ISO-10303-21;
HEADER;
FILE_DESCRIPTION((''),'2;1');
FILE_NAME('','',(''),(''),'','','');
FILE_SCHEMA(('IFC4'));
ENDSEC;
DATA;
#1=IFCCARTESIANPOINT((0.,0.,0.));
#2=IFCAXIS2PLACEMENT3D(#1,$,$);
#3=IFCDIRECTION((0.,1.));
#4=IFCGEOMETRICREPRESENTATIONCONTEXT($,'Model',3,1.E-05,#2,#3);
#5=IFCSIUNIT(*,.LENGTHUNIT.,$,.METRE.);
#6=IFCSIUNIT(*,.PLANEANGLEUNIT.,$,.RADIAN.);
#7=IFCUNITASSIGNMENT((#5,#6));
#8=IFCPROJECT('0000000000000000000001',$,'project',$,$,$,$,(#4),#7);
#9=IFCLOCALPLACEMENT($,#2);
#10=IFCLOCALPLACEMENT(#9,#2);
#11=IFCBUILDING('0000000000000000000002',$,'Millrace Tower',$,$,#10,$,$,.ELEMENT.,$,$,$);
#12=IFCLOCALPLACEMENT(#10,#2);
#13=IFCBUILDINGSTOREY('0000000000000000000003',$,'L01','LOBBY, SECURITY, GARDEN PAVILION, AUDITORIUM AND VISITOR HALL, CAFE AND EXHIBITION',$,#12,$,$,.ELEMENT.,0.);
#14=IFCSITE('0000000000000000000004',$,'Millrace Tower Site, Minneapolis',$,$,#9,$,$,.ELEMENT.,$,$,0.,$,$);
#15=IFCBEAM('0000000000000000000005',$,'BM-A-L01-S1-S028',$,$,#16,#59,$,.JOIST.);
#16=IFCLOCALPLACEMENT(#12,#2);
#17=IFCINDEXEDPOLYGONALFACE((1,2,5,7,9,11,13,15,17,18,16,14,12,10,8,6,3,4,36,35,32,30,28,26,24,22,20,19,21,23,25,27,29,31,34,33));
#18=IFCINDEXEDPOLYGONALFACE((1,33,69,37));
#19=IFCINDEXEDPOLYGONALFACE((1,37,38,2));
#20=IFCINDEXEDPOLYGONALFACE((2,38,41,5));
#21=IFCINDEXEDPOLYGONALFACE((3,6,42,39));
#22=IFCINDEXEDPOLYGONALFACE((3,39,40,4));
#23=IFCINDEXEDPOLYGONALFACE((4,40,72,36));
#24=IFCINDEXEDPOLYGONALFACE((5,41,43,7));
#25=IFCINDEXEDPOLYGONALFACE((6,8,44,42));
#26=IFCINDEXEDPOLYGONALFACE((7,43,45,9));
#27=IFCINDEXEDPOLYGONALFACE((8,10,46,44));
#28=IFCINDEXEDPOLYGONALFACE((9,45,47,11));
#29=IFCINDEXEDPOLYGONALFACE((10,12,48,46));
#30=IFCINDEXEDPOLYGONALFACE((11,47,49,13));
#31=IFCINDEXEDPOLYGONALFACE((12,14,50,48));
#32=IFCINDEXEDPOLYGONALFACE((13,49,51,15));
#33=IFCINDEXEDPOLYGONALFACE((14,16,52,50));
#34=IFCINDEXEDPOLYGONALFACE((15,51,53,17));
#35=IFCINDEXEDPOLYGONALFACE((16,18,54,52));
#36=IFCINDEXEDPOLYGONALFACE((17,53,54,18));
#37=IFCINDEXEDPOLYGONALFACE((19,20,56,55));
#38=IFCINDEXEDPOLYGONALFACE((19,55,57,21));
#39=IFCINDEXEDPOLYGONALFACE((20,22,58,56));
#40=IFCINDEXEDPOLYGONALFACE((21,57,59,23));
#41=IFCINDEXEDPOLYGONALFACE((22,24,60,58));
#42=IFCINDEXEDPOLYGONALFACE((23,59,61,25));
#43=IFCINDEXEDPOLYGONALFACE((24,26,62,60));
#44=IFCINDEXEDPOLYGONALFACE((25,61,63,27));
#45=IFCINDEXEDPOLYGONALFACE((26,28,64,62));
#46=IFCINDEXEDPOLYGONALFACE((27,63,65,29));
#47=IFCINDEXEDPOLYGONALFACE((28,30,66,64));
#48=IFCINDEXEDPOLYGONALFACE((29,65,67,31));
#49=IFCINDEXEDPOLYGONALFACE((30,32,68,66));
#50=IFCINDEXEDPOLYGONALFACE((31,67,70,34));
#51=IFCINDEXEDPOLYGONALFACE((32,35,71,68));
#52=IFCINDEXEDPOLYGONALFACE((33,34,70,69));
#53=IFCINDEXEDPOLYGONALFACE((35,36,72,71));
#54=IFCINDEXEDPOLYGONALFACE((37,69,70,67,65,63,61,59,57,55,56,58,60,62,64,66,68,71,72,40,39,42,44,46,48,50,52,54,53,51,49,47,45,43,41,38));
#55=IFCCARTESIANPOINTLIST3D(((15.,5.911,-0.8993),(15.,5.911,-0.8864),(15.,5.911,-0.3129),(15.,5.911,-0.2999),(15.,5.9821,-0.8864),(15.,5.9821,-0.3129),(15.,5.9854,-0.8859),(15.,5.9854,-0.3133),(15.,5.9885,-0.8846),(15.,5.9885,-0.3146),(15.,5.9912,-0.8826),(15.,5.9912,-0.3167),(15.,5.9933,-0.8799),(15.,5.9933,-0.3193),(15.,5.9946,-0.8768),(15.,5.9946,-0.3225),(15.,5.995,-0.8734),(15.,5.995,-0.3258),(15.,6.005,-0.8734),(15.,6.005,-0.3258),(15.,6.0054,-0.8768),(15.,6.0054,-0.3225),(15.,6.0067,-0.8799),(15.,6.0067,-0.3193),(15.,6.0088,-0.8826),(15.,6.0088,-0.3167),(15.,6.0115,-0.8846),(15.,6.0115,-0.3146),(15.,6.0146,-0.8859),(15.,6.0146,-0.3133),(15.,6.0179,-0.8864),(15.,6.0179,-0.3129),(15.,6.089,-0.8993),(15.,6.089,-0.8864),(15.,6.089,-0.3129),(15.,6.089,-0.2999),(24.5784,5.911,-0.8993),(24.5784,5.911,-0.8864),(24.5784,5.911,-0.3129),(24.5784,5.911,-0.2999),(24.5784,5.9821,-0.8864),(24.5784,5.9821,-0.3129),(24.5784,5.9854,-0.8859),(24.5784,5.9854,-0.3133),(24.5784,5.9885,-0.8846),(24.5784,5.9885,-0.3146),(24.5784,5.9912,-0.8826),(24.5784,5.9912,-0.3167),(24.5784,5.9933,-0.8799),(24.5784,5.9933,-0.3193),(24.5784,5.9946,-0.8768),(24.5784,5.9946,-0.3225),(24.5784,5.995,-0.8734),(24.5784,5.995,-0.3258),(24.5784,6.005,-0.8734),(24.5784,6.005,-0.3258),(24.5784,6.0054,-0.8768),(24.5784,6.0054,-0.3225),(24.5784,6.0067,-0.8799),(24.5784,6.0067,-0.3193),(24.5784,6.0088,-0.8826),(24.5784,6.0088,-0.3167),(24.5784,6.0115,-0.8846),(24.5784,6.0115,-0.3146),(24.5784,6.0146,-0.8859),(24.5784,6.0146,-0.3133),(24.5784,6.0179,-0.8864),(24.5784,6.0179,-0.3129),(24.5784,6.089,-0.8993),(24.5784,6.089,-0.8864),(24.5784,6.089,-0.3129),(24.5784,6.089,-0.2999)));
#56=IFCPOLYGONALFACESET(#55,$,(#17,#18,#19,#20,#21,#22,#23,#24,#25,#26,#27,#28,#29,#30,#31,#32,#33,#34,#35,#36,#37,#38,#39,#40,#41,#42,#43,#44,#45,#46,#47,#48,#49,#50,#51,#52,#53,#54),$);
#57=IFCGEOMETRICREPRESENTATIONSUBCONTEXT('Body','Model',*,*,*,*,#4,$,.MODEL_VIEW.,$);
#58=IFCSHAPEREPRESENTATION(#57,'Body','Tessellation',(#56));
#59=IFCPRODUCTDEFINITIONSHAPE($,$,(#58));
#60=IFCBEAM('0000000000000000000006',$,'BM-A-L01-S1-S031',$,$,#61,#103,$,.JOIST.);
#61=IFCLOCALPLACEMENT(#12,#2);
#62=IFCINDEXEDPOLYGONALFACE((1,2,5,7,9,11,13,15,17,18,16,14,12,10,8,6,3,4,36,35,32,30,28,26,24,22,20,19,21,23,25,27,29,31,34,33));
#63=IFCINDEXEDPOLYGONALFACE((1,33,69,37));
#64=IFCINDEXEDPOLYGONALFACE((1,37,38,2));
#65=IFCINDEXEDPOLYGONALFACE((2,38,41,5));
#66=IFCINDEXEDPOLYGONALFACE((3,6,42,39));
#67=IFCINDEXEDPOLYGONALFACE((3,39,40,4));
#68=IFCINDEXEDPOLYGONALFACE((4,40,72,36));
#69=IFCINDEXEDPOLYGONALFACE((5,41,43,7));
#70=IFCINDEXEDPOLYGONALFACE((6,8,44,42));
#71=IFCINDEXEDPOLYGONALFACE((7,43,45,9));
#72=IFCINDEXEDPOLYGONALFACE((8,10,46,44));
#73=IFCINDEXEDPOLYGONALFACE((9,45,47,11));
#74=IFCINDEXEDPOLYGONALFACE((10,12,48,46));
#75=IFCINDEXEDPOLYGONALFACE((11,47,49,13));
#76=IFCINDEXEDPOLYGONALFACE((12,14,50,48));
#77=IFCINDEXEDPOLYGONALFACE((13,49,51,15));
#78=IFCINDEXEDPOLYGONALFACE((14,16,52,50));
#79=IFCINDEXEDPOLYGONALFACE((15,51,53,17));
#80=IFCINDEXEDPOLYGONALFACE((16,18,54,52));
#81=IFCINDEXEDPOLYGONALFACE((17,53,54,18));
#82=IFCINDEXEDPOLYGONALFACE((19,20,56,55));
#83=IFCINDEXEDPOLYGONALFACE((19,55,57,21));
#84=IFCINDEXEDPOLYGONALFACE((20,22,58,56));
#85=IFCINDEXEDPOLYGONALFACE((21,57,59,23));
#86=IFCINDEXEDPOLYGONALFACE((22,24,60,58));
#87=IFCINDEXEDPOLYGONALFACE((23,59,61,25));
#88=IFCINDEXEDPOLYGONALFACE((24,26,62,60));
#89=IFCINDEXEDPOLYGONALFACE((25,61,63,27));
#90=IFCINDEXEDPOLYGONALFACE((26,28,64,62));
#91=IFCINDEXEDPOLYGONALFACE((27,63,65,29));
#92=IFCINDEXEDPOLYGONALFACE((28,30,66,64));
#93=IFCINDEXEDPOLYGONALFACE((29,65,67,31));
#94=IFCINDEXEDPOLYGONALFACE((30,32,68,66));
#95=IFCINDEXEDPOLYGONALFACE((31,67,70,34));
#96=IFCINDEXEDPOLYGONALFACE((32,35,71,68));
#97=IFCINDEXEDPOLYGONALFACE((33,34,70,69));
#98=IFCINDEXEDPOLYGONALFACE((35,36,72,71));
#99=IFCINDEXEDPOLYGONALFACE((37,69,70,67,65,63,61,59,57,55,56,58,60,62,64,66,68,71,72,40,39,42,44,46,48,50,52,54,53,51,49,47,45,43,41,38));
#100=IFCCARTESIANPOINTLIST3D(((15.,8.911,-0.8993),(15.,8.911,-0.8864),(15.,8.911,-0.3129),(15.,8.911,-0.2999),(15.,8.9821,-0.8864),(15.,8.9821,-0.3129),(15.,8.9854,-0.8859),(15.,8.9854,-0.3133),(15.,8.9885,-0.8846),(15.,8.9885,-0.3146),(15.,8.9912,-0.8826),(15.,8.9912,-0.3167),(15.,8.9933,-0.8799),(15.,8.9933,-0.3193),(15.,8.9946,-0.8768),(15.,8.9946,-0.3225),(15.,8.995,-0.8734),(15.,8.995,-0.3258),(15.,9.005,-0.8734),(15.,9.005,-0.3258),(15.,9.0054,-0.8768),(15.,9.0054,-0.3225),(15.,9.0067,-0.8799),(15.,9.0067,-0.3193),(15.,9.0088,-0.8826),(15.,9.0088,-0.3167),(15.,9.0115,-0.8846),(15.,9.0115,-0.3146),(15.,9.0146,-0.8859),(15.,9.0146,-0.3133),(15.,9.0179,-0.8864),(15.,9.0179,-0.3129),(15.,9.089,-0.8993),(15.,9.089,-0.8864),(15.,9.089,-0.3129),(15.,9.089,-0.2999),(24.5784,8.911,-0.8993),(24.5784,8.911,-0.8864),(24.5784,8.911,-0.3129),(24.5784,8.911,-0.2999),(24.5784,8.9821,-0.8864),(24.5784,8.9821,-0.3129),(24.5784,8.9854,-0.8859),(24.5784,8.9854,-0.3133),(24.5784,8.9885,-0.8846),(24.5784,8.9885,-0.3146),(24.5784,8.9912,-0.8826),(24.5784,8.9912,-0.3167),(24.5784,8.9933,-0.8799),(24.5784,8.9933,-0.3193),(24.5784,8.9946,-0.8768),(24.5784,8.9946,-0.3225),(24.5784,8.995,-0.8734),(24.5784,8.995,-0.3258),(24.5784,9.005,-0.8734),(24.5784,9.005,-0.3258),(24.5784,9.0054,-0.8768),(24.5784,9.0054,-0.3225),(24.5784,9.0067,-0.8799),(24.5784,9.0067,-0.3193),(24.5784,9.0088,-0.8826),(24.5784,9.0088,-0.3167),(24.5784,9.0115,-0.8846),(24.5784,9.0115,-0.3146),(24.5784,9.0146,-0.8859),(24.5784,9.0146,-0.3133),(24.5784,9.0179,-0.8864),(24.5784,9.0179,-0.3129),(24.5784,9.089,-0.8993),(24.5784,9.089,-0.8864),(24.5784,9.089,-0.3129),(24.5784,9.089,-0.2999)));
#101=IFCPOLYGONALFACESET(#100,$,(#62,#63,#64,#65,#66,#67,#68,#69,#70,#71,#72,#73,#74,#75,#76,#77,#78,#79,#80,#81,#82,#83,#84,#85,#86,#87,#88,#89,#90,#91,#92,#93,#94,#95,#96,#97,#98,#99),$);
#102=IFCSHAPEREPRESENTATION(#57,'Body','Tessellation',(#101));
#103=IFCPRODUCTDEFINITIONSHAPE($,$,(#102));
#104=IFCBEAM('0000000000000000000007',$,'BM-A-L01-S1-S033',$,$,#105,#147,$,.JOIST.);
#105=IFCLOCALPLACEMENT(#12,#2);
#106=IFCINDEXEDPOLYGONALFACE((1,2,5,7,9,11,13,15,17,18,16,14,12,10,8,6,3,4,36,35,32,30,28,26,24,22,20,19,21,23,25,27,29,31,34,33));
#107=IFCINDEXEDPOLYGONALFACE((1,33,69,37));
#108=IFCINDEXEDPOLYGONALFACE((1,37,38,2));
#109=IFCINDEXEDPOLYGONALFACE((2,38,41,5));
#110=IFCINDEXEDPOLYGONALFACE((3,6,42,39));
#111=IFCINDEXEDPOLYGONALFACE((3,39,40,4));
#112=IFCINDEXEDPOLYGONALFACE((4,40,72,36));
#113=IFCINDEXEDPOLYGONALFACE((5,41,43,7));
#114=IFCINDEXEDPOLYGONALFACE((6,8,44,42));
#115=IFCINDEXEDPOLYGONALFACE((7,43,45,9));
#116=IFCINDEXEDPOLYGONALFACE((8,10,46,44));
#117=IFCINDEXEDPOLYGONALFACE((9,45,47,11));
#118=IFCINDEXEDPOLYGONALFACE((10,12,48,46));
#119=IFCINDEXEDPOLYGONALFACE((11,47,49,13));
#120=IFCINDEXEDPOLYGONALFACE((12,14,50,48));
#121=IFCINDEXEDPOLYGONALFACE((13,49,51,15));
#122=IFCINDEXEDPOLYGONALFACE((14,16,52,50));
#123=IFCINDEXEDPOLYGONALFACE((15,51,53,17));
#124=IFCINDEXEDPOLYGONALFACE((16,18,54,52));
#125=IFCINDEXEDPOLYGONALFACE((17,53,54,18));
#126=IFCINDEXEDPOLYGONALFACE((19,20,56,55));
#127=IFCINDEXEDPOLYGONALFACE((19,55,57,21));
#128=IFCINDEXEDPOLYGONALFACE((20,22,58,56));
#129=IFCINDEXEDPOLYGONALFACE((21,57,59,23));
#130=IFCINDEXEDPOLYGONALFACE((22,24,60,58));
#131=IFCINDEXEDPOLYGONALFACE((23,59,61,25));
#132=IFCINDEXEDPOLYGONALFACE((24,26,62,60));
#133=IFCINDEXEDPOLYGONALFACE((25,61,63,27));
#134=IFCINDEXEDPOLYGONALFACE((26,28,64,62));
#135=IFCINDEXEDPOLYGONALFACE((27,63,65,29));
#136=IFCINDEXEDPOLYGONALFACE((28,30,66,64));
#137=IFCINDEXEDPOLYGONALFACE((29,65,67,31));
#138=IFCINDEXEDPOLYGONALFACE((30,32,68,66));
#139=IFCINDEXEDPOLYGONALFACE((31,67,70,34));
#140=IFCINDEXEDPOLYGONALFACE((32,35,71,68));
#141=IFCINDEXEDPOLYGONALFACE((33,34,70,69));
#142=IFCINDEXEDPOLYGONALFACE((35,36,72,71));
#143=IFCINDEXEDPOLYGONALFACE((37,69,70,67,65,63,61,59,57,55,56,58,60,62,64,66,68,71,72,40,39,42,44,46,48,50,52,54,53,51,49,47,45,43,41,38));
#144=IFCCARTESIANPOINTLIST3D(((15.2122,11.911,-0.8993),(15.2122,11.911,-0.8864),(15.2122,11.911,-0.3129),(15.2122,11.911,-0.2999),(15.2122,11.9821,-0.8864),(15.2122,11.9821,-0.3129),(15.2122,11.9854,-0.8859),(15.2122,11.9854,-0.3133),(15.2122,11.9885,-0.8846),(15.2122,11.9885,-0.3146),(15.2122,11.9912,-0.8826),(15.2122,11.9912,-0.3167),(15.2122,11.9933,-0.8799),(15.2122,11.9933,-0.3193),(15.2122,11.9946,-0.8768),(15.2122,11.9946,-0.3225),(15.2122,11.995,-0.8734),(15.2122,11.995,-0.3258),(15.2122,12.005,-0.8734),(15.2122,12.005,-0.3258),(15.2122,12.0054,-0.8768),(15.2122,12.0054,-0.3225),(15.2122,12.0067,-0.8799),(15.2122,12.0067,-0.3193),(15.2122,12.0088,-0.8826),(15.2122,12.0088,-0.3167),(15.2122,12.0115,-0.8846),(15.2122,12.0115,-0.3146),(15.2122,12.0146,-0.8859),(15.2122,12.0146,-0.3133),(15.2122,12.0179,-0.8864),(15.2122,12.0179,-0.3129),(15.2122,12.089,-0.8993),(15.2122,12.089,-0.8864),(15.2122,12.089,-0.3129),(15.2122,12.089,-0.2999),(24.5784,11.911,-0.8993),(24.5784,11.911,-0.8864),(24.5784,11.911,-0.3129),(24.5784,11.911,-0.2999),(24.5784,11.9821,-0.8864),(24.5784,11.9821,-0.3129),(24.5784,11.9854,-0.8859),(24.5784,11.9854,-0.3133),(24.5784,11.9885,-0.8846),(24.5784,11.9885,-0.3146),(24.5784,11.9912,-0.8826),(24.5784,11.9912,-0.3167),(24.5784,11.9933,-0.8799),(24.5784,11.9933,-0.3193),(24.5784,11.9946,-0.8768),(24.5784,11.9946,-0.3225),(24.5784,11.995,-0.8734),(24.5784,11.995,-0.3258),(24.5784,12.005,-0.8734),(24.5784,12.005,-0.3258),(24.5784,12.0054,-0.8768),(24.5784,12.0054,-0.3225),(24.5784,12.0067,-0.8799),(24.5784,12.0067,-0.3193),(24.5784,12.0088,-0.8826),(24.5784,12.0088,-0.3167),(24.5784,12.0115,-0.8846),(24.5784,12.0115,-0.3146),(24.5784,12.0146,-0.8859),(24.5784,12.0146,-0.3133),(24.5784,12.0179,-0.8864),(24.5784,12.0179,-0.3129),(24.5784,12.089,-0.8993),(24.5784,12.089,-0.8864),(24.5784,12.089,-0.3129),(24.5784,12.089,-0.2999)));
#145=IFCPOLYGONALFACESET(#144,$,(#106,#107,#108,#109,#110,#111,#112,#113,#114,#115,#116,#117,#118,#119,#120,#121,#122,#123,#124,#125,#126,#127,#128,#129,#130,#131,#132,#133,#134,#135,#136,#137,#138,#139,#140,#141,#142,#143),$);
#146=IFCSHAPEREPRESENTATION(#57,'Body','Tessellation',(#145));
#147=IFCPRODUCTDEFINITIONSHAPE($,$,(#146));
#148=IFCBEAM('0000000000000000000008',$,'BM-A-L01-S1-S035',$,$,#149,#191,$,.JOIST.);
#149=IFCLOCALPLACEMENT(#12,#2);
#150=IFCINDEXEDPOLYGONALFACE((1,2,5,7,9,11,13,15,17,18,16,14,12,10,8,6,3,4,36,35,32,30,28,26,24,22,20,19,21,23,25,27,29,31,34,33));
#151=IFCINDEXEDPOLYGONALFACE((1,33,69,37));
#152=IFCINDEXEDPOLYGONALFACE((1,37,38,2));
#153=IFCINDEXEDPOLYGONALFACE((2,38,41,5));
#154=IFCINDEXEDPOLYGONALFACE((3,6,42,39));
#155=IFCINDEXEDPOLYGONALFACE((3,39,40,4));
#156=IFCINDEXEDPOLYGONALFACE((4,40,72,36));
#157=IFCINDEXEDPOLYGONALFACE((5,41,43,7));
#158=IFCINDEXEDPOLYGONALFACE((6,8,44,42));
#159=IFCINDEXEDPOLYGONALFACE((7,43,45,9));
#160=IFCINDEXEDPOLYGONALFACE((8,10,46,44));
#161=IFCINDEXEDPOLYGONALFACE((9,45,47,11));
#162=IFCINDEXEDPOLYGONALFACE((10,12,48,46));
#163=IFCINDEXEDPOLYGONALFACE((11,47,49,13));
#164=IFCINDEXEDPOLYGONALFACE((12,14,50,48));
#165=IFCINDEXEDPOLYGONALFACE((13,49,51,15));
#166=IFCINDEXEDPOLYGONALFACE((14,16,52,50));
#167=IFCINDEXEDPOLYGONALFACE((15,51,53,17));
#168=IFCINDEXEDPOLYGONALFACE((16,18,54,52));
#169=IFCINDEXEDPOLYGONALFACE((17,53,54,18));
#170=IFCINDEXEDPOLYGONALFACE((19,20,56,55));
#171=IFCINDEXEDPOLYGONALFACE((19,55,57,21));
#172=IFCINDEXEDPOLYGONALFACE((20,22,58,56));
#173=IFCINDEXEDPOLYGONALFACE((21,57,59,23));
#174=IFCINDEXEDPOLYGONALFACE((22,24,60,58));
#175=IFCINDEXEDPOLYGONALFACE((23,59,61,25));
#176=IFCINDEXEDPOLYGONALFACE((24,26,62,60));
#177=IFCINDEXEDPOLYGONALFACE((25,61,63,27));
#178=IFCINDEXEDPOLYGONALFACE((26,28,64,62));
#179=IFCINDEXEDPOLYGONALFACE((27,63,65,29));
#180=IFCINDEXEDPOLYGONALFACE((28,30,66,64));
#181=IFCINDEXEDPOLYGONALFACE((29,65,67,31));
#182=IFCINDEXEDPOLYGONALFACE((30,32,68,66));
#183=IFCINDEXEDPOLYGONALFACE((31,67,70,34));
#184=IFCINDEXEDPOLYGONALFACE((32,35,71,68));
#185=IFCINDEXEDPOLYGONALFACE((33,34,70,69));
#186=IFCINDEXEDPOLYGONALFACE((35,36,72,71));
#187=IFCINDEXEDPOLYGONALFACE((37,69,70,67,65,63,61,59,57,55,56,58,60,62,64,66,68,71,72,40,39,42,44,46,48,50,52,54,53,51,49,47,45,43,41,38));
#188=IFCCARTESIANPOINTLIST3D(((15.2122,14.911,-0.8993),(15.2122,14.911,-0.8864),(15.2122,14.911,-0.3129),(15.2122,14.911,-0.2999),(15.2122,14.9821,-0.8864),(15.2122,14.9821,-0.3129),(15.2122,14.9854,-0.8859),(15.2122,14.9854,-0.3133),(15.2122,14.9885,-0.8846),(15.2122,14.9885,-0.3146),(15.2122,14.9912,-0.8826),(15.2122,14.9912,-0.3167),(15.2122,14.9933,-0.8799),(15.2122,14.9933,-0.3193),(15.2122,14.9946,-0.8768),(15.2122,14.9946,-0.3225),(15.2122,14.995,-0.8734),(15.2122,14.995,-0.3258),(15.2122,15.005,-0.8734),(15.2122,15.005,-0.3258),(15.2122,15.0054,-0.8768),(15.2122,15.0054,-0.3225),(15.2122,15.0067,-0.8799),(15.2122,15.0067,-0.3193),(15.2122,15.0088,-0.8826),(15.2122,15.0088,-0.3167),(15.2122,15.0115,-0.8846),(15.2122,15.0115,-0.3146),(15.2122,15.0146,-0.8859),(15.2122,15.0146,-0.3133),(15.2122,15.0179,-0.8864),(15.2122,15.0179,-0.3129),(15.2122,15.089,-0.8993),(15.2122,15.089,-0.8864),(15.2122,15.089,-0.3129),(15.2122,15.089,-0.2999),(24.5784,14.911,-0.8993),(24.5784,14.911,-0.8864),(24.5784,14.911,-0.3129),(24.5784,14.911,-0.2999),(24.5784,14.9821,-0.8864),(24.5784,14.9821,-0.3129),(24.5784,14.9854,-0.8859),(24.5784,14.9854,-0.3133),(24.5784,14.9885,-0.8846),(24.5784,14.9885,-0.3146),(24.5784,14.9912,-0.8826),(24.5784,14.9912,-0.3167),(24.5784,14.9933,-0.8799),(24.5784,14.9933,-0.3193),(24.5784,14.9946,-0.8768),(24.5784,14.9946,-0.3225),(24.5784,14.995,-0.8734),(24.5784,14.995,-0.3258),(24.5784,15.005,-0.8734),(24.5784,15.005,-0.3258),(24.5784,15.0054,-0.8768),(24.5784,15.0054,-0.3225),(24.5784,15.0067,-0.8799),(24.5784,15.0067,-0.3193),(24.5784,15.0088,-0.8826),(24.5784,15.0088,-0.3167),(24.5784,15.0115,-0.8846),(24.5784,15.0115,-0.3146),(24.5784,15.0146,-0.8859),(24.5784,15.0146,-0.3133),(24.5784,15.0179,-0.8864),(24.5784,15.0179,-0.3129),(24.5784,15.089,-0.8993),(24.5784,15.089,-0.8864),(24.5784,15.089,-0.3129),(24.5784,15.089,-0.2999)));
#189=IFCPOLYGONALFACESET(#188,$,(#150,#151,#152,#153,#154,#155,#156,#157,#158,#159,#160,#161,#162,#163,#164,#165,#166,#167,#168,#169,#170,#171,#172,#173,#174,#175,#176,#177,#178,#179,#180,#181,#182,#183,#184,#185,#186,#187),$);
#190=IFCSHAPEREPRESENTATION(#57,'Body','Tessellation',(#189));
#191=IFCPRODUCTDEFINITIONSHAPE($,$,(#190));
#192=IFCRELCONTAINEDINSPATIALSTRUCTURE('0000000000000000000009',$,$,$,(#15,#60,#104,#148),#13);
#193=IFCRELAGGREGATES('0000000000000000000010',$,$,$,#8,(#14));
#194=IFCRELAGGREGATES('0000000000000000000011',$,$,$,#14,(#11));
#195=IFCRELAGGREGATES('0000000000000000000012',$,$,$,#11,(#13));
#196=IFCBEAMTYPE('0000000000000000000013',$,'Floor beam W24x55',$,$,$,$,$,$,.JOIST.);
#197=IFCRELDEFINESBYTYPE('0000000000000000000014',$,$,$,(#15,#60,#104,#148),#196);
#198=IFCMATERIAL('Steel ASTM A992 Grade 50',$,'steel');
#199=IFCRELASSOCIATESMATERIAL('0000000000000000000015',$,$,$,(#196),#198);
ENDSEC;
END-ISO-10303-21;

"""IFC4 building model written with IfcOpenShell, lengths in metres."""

from ifc_helpers import new_model, si_unit, direction, frame, origin, origin_2d, place, context, subcontext, project, spatial, i_section, extrude, material, material_profile, profile_set, type_object, element, save


model = new_model("IFC4")

# Units and contexts
model_context = context("Model", 3, precision=1e-05, world=origin(), true_north=direction((0.0, 1.0)))
body_context = subcontext(model_context, "Body", "Model", "MODEL_VIEW")
ifc_project = project(units=[si_unit("LENGTHUNIT", "METRE"), si_unit("PLANEANGLEUNIT", "RADIAN")], contexts=[model_context])

# Site, building, storey
site_placement = place(None, origin())
site = spatial("IfcSite", under=ifc_project, at=site_placement, Name="Millrace Tower Site, Minneapolis", CompositionType="ELEMENT", RefElevation=0.0)
building_placement = place(site_placement, origin())
building = spatial("IfcBuilding", under=site, at=building_placement, Name="Millrace Tower", CompositionType="ELEMENT")
storey_placement = place(building_placement, origin())
storey = spatial("IfcBuildingStorey", under=building, at=storey_placement, Name="L01", Description="LOBBY, SECURITY, GARDEN PAVILION, AUDITORIUM AND VISITOR HALL, CAFE AND EXHIBITION", CompositionType="ELEMENT", Elevation=0.0)

# Beams
ifc_material_1 = material(Name="Steel ASTM A992 Grade 50", Category="steel")
ifc_material_profile_1 = material_profile(ifc_material_1, i_section(OverallWidth=0.178, OverallDepth=0.5994, WebThickness=0.01, FlangeThickness=0.0129, FilletRadius=0.0129, at=origin_2d()))
ifc_profile_set_1 = profile_set([ifc_material_profile_1], Name="Steel ASTM A992 Grade 50")
beam_type_1 = type_object("IfcBeamType", Name="Floor beam W24x55", PredefinedType="JOIST", material=ifc_profile_set_1)
for number, where, z_axis, x_axis, name in (
    (1, (15.0, 6.0, -0.5996), (1.0, 0.0, 0.0), (0.0, 1.0, 0.0), "BM-A-L01-S1-S028"),
    (2, (15.0, 9.0, -0.5996), (1.0, 0.0, 0.0), (0.0, 1.0, 0.0), "BM-A-L01-S1-S031"),
):
    element("IfcBeam", number, at=place(storey_placement, frame(where, z_axis=z_axis, x_axis=x_axis)), inside=storey, type_object=beam_type_1, Name=name, PredefinedType="JOIST", context=body_context, shape_type="SweptSolid", body=[
        extrude(i_section(OverallWidth=0.178, OverallDepth=0.5994, WebThickness=0.01, FlangeThickness=0.0129, FilletRadius=0.0129, at=origin_2d()), origin(), (0.0, 0.0, 1.0), 9.5784),
    ])
for number, where, z_axis, x_axis, name in (
    (3, (15.2122, 12.0, -0.5996), (1.0, 0.0, 0.0), (0.0, 1.0, 0.0), "BM-A-L01-S1-S033"),
    (4, (15.2122, 15.0, -0.5996), (1.0, 0.0, 0.0), (0.0, 1.0, 0.0), "BM-A-L01-S1-S035"),
):
    element("IfcBeam", number, at=place(storey_placement, frame(where, z_axis=z_axis, x_axis=x_axis)), inside=storey, type_object=beam_type_1, Name=name, PredefinedType="JOIST", context=body_context, shape_type="SweptSolid", body=[
        extrude(i_section(OverallWidth=0.178, OverallDepth=0.5994, WebThickness=0.01, FlangeThickness=0.0129, FilletRadius=0.0129, at=origin_2d()), origin(), (0.0, 0.0, 1.0), 9.3662),
    ])

save(model, "model.ifc")
